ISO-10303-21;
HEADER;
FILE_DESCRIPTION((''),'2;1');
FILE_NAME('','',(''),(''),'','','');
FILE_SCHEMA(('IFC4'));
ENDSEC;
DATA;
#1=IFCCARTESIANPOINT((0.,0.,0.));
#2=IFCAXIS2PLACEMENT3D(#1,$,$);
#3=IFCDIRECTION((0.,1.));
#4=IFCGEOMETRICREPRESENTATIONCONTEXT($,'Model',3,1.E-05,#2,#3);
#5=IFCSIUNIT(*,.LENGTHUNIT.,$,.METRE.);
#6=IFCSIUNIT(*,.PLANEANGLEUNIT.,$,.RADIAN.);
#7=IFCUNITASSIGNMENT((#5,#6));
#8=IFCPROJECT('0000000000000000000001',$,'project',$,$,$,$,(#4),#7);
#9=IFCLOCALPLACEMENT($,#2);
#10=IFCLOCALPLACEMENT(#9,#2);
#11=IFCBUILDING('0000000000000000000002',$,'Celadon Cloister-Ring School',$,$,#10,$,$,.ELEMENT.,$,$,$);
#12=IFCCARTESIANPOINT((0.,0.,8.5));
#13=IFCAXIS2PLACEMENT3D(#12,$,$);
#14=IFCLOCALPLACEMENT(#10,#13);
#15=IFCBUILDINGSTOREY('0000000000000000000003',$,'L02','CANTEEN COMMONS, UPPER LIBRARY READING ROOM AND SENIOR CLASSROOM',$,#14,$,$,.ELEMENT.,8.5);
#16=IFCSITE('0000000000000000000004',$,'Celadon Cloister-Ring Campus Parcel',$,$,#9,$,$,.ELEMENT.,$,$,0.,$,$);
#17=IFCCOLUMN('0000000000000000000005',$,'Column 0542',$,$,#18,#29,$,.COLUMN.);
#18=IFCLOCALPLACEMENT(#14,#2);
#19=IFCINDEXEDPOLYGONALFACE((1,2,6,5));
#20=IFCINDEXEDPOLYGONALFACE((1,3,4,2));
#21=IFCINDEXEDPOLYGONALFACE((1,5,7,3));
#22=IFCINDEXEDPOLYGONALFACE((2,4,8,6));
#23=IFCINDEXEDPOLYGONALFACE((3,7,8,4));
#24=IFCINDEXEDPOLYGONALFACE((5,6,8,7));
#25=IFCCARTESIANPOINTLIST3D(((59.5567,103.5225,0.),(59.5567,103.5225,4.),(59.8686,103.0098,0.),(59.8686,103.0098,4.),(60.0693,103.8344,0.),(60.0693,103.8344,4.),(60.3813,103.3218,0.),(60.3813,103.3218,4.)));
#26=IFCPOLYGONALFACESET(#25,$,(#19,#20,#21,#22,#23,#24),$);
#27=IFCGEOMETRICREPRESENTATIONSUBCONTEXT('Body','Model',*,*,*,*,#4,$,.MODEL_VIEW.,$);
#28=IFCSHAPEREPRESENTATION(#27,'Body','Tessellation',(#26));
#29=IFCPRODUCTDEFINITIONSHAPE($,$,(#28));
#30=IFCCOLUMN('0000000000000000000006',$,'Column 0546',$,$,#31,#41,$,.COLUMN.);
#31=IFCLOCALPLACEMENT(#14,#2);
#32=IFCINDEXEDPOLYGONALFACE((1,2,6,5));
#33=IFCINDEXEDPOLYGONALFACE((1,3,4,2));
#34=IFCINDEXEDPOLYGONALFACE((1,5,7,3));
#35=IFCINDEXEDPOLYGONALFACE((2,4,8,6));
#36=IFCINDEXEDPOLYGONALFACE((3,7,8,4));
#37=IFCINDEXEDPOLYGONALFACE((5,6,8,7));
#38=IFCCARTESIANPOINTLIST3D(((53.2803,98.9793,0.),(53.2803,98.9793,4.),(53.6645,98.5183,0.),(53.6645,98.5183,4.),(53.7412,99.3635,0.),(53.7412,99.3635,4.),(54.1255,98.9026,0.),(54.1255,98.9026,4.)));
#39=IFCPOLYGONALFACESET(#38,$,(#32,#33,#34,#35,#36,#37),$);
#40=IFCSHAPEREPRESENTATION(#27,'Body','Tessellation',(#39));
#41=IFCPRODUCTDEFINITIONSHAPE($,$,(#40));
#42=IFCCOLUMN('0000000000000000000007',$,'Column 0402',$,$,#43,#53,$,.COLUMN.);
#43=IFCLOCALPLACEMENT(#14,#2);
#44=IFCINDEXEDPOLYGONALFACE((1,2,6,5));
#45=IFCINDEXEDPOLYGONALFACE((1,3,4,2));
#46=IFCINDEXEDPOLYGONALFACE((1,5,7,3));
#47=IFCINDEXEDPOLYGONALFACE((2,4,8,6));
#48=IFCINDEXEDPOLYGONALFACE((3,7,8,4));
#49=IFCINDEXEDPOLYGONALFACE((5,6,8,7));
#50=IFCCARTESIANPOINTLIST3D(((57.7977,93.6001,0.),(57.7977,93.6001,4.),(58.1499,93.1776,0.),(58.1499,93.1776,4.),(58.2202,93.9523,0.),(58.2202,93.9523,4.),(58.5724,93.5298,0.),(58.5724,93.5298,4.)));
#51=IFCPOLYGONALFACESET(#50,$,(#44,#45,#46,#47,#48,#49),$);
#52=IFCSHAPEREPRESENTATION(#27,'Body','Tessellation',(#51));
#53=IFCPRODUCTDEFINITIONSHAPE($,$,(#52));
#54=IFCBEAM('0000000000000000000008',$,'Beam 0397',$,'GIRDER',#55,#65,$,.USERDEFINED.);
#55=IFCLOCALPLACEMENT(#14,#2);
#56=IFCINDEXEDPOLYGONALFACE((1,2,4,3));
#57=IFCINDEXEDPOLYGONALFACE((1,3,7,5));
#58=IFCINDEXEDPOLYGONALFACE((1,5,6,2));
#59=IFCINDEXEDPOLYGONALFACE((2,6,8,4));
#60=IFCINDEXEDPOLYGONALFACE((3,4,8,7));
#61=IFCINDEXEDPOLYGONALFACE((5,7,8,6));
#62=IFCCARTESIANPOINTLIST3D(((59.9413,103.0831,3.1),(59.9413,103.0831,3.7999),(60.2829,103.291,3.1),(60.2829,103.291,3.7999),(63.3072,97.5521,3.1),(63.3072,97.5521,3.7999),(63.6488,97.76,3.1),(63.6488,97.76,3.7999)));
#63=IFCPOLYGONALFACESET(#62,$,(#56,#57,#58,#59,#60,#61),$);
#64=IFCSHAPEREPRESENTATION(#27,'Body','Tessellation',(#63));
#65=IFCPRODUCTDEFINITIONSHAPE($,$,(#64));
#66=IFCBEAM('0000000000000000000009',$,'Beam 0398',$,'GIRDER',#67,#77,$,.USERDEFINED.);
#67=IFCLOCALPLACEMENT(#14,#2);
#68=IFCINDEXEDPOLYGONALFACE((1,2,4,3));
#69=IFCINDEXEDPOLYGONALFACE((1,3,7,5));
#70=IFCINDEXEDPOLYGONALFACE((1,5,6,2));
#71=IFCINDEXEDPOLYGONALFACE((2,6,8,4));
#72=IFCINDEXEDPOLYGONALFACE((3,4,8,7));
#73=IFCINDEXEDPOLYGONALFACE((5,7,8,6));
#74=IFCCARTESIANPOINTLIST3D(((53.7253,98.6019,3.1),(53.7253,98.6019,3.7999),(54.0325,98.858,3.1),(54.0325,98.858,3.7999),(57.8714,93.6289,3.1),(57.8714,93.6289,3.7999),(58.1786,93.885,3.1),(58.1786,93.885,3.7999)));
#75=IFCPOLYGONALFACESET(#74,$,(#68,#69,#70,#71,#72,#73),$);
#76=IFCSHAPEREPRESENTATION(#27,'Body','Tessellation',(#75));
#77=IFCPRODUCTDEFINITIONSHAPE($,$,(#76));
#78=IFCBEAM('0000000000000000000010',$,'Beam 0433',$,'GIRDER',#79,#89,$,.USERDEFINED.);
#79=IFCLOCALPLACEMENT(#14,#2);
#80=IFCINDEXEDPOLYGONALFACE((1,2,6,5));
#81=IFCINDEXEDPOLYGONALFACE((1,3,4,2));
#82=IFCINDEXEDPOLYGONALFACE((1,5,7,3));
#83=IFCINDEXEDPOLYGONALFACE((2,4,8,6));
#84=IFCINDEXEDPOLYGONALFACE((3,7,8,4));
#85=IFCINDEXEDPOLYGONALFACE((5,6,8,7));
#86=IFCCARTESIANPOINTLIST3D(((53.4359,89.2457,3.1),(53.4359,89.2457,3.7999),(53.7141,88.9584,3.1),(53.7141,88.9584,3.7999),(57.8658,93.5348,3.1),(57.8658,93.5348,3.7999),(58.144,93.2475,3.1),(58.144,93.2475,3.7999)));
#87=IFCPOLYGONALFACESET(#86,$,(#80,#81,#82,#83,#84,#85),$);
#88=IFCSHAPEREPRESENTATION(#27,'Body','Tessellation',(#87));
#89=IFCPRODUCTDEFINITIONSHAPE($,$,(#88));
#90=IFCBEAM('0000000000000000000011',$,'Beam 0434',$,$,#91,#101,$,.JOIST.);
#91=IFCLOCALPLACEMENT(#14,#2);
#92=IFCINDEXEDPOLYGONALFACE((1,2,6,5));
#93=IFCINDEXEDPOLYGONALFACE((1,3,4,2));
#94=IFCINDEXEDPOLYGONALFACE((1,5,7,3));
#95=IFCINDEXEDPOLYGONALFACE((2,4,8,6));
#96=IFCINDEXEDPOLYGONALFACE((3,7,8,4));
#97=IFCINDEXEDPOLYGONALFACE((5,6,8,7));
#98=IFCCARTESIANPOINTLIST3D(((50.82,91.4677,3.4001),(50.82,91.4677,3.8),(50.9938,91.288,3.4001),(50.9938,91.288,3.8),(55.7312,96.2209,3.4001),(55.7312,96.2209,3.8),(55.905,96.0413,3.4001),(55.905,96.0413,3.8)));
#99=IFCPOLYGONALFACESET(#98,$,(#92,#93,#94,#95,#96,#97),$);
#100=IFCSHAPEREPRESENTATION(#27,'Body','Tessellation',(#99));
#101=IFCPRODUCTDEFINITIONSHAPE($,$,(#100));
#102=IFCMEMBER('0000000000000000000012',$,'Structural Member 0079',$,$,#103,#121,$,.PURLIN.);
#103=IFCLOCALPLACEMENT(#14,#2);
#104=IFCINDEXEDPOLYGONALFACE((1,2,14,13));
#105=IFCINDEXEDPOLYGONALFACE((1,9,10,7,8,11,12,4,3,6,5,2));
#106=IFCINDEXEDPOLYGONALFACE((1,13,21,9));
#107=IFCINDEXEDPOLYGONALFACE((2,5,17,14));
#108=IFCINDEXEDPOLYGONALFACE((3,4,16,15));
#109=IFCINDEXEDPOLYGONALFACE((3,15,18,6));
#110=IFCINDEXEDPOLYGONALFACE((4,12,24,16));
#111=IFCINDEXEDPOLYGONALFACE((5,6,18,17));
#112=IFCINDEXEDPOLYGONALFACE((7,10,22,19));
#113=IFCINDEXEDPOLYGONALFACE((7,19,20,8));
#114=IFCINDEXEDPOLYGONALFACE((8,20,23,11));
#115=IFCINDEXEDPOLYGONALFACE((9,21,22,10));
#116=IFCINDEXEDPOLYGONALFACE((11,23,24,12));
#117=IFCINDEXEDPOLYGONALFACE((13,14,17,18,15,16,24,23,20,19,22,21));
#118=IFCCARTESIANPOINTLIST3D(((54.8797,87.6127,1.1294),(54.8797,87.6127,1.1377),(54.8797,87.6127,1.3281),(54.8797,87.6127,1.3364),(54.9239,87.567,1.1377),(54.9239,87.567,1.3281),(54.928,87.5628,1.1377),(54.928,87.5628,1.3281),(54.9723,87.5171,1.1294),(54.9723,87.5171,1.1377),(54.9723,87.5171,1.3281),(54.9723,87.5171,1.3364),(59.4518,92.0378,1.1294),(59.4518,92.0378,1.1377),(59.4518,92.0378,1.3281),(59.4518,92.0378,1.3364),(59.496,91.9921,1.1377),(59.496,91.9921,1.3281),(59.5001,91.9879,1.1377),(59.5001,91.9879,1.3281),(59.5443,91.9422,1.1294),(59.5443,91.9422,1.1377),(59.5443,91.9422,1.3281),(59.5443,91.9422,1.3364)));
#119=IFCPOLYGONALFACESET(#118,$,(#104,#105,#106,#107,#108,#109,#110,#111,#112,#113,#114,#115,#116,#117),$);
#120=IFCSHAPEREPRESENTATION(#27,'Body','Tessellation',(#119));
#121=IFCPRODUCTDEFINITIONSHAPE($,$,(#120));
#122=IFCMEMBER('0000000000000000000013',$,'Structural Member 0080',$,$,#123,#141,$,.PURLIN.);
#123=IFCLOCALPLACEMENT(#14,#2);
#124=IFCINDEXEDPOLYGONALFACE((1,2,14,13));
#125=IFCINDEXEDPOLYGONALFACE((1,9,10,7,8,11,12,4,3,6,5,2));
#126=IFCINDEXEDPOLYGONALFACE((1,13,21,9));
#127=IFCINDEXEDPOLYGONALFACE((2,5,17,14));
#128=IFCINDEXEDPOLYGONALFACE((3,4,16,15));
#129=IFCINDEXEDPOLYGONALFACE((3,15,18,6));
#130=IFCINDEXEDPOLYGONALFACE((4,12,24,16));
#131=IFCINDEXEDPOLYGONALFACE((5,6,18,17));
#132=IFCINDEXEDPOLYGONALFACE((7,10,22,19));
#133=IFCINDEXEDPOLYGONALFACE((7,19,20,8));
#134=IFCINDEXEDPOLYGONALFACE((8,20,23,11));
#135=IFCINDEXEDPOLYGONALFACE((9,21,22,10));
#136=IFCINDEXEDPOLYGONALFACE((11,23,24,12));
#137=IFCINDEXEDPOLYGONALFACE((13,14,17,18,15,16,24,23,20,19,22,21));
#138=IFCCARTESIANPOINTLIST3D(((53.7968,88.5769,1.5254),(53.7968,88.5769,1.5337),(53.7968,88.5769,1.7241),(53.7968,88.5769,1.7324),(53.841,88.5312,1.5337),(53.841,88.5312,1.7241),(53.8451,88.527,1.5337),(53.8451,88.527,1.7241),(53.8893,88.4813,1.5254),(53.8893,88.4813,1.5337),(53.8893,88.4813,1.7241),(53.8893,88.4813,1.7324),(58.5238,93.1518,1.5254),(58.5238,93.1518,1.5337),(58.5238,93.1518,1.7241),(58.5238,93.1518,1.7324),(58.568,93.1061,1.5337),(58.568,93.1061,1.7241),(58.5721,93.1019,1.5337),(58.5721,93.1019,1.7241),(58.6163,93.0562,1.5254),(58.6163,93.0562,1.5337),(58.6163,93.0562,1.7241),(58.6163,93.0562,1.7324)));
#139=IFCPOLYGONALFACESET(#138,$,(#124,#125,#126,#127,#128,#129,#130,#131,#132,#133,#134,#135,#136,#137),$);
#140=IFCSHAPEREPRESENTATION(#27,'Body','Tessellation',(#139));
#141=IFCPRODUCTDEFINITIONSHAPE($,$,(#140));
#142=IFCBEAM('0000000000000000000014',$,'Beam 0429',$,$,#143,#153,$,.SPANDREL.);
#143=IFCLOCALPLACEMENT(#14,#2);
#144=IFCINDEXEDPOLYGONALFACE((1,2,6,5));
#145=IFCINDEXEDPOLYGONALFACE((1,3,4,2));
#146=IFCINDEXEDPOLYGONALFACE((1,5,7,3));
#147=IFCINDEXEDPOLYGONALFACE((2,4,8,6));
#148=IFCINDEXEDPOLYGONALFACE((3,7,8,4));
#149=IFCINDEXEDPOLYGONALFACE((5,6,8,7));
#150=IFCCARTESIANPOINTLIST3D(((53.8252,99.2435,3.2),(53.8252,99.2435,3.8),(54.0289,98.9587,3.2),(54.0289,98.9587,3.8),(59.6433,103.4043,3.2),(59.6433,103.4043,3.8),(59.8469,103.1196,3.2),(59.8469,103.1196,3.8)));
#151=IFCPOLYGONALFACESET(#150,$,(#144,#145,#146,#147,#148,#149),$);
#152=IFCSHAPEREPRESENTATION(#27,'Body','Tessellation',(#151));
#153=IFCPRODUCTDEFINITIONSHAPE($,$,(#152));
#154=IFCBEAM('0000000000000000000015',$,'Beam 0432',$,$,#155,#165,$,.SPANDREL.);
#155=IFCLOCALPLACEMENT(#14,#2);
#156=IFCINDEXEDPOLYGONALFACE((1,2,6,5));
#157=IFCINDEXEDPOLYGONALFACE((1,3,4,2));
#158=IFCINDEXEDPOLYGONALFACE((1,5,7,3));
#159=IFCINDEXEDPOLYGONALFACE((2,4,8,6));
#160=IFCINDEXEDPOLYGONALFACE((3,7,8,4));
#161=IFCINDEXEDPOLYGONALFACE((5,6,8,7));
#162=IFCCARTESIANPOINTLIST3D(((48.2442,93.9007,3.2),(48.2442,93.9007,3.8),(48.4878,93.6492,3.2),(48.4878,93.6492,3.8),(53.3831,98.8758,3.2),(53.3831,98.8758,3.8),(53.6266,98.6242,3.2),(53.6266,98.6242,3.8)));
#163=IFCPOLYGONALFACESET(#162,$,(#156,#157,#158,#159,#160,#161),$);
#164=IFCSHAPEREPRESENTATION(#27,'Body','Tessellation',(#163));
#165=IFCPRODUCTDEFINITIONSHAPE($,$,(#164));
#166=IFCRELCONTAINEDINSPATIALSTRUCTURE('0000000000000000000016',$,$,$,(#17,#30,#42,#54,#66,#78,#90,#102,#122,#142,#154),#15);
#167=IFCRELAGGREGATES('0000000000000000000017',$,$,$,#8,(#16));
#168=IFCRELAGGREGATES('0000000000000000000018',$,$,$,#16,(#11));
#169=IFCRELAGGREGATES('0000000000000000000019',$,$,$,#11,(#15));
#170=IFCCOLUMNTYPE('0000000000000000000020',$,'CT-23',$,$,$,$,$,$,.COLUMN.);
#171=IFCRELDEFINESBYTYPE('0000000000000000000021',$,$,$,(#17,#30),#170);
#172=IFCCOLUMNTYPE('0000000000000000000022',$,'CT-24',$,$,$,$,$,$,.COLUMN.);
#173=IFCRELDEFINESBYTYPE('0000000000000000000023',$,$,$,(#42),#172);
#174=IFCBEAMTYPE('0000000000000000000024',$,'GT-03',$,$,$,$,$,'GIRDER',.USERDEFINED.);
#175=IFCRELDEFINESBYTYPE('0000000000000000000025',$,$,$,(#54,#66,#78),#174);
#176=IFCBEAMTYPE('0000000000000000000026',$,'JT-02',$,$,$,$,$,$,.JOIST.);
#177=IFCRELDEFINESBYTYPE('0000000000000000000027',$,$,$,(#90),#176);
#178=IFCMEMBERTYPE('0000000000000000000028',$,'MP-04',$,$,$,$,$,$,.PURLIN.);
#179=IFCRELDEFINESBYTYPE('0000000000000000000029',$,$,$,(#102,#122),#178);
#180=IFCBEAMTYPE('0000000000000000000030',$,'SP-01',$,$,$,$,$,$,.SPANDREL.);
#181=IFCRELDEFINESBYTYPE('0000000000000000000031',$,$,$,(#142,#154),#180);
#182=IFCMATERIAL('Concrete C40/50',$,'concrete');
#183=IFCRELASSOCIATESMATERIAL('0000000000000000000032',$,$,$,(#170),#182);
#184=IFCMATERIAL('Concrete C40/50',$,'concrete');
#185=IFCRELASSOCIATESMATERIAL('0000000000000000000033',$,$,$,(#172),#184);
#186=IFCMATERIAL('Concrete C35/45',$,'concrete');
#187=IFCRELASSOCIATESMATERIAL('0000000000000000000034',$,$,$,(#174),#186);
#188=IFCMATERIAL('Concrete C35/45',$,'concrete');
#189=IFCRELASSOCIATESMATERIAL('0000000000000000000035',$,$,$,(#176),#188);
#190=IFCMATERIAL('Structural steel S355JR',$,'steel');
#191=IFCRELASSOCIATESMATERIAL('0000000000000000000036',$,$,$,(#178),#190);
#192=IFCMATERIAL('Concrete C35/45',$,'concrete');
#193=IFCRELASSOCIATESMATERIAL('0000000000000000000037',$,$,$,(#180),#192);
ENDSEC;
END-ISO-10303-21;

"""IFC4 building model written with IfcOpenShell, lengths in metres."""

from ifc_helpers import new_model, si_unit, direction, frame, origin, origin_2d, place, context, subcontext, project, spatial, rectangle, i_section, extrude, material, material_profile, profile_set, type_object, element, save


model = new_model("IFC4")

# Units and contexts
model_context = context("Model", 3, precision=1e-05, world=origin(), true_north=direction((0.0, 1.0)))
body_context = subcontext(model_context, "Body", "Model", "MODEL_VIEW")
ifc_project = project(units=[si_unit("LENGTHUNIT", "METRE"), si_unit("PLANEANGLEUNIT", "RADIAN")], contexts=[model_context])

# Site, building, storey
site_placement = place(None, origin())
site = spatial("IfcSite", under=ifc_project, at=site_placement, Name="Celadon Cloister-Ring Campus Parcel", CompositionType="ELEMENT", RefElevation=0.0)
building_placement = place(site_placement, origin())
building = spatial("IfcBuilding", under=site, at=building_placement, Name="Celadon Cloister-Ring School", CompositionType="ELEMENT")
storey_placement = place(building_placement, frame((0.0, 0.0, 8.5)))
storey = spatial("IfcBuildingStorey", under=building, at=storey_placement, Name="L02", Description="CANTEEN COMMONS, UPPER LIBRARY READING ROOM AND SENIOR CLASSROOM", CompositionType="ELEMENT", Elevation=8.5)

# Columns
ifc_material_1 = material(Name="Concrete C40/50", Category="concrete")
ifc_material_profile_1 = material_profile(ifc_material_1, rectangle(XDim=0.6001, YDim=0.6001, at=origin_2d()), Name="RC600X600")
ifc_profile_set_1 = profile_set([ifc_material_profile_1], Name="Concrete C40/50")
column_type_1 = type_object("IfcColumnType", Name="CT-23", PredefinedType="COLUMN", material=ifc_profile_set_1)
for number, where, z_axis, x_axis, name in (
    (1, (59.969, 103.4221, 0.0), (0.0, 0.0, 1.0), (-0.519817, 0.854277, 0.0), "Column 0542"),
    (2, (53.7029, 98.9409, 0.0), (0.0, 0.0, 1.0), (-0.640324, 0.768105, 0.0), "Column 0546"),
):
    element("IfcColumn", number, at=place(storey_placement, frame(where, z_axis=z_axis, x_axis=x_axis)), inside=storey, type_object=column_type_1, Name=name, PredefinedType="COLUMN", context=body_context, shape_type="SweptSolid", body=[
        extrude(rectangle(XDim=0.6001, YDim=0.6001, at=origin_2d()), origin(), (0.0, 0.0, 1.0), 4.0),
    ])
ifc_material_2 = material(Name="Concrete C40/50", Category="concrete")
ifc_material_profile_2 = material_profile(ifc_material_2, rectangle(XDim=0.55, YDim=0.55, at=origin_2d()), Name="RC550X550")
ifc_profile_set_2 = profile_set([ifc_material_profile_2], Name="Concrete C40/50")
column_type_2 = type_object("IfcColumnType", Name="CT-24", PredefinedType="COLUMN", material=ifc_profile_set_2)
column_placement = place(storey_placement, frame((58.1851, 93.5649, 0.0), z_axis=(0.0, 0.0, 1.0), x_axis=(-0.640324, 0.768105, 0.0)))
element("IfcColumn", 3, at=column_placement, inside=storey, type_object=column_type_2, Name="Column 0402", PredefinedType="COLUMN", context=body_context, shape_type="SweptSolid", body=[
    extrude(rectangle(XDim=0.55, YDim=0.55, at=origin_2d()), origin(), (0.0, 0.0, 1.0), 4.0),
])

# Beams
ifc_material_3 = material(Name="Concrete C35/45", Category="concrete")
ifc_material_profile_3 = material_profile(ifc_material_3, rectangle(XDim=0.3999, YDim=0.7, at=origin_2d()), Name="RC400X700")
ifc_profile_set_3 = profile_set([ifc_material_profile_3], Name="Concrete C35/45")
beam_type_1 = type_object("IfcBeamType", Name="GT-03", ElementType="GIRDER", PredefinedType="USERDEFINED", material=ifc_profile_set_3)
for number, where, z_axis, x_axis, name in (
    (4, (60.1121, 103.187, 3.45), (0.519864, -0.854249, 0.0), (0.854249, 0.519864, 0.0), "Beam 0397"),
    (5, (53.8789, 98.73, 3.45), (0.640359, -0.768076, 0.0), (0.768076, 0.640359, 0.0), "Beam 0398"),
):
    element("IfcBeam", number, at=place(storey_placement, frame(where, z_axis=z_axis, x_axis=x_axis)), inside=storey, type_object=beam_type_1, Name=name, ObjectType="GIRDER", PredefinedType="USERDEFINED", context=body_context, shape_type="SweptSolid", body=[
        extrude(rectangle(XDim=0.3999, YDim=0.7, at=origin_2d()), origin(), (0.0, 0.0, 1.0), 6.4746),
    ])
beam_1_placement = place(storey_placement, frame((58.0049, 93.3911, 3.45), z_axis=(-0.718437, -0.695592, 0.0), x_axis=(0.695592, -0.718437, 0.0)))
element("IfcBeam", 6, at=beam_1_placement, inside=storey, type_object=beam_type_1, Name="Beam 0433", ObjectType="GIRDER", PredefinedType="USERDEFINED", context=body_context, shape_type="SweptSolid", body=[
    extrude(rectangle(XDim=0.3999, YDim=0.7, at=origin_2d()), origin(), (0.0, 0.0, 1.0), 6.166),
])
ifc_material_4 = material(Name="Concrete C35/45", Category="concrete")
ifc_material_profile_4 = material_profile(ifc_material_4, rectangle(XDim=0.25, YDim=0.3999, at=origin_2d()), Name="RC250X400")
ifc_profile_set_4 = profile_set([ifc_material_profile_4], Name="Concrete C35/45")
beam_type_2 = type_object("IfcBeamType", Name="JT-02", PredefinedType="JOIST", material=ifc_profile_set_4)
beam_2_placement = place(storey_placement, frame((55.8181, 96.1311, 3.6001), z_axis=(-0.718568, -0.695457, 0.0), x_axis=(0.695457, -0.718568, 0.0)))
element("IfcBeam", 7, at=beam_2_placement, inside=storey, type_object=beam_type_2, Name="Beam 0434", PredefinedType="JOIST", context=body_context, shape_type="SweptSolid", body=[
    extrude(rectangle(XDim=0.25, YDim=0.3999, at=origin_2d()), origin(), (0.0, 0.0, 1.0), 6.8347),
])

# Members
ifc_material_5 = material(Name="Structural steel S355JR", Category="steel")
ifc_material_profile_5 = material_profile(ifc_material_5, i_section(OverallWidth=0.1331, OverallDepth=0.207, WebThickness=0.0059, FlangeThickness=0.0083, at=origin_2d()), Name="W200X27")
ifc_profile_set_5 = profile_set([ifc_material_profile_5], Name="Structural steel S355JR")
member_type = type_object("IfcMemberType", Name="MP-04", PredefinedType="PURLIN", material=ifc_profile_set_5)
member_1_placement = place(storey_placement, frame((59.498, 91.99, 1.2329), z_axis=(-0.718562, -0.695463, 0.0), x_axis=(0.695463, -0.718562, 0.0)))
element("IfcMember", 8, at=member_1_placement, inside=storey, type_object=member_type, Name="Structural Member 0079", PredefinedType="PURLIN", context=body_context, shape_type="SweptSolid", body=[
    extrude(i_section(OverallWidth=0.1331, OverallDepth=0.207, WebThickness=0.0059, FlangeThickness=0.0083, at=origin_2d()), origin(), (0.0, 0.0, 1.0), 6.3628),
])
member_2_placement = place(storey_placement, frame((58.5701, 93.104, 1.6289), z_axis=(-0.718573, -0.695452, 0.0), x_axis=(0.695452, -0.718573, 0.0)))
element("IfcMember", 9, at=member_2_placement, inside=storey, type_object=member_type, Name="Structural Member 0080", PredefinedType="PURLIN", context=body_context, shape_type="SweptSolid", body=[
    extrude(i_section(OverallWidth=0.1331, OverallDepth=0.207, WebThickness=0.0059, FlangeThickness=0.0083, at=origin_2d()), origin(), (0.0, 0.0, 1.0), 6.5784),
])

# Beams
ifc_material_6 = material(Name="Concrete C35/45", Category="concrete")
ifc_material_profile_6 = material_profile(ifc_material_6, rectangle(XDim=0.3501, YDim=0.6001, at=origin_2d()), Name="RC350X600")
ifc_profile_set_6 = profile_set([ifc_material_profile_6], Name="Concrete C35/45")
beam_type_3 = type_object("IfcBeamType", Name="SP-01", PredefinedType="SPANDREL", material=ifc_profile_set_6)
beam_3_placement = place(storey_placement, frame((59.7451, 103.262, 3.5), z_axis=(-0.813397, -0.581709, 0.0), x_axis=(0.581709, -0.813397, 0.0)))
element("IfcBeam", 10, at=beam_3_placement, inside=storey, type_object=beam_type_3, Name="Beam 0429", PredefinedType="SPANDREL", context=body_context, shape_type="SweptSolid", body=[
    extrude(rectangle(XDim=0.3501, YDim=0.6001, at=origin_2d()), origin(), (0.0, 0.0, 1.0), 7.1528),
])
beam_4_placement = place(storey_placement, frame((53.5049, 98.75, 3.5), z_axis=(-0.718466, -0.695562, 0.0), x_axis=(0.695562, -0.718466, 0.0)))
element("IfcBeam", 11, at=beam_4_placement, inside=storey, type_object=beam_type_3, Name="Beam 0432", PredefinedType="SPANDREL", context=body_context, shape_type="SweptSolid", body=[
    extrude(rectangle(XDim=0.3501, YDim=0.6001, at=origin_2d()), origin(), (0.0, 0.0, 1.0), 7.1526),
])

save(model, "model.ifc")
